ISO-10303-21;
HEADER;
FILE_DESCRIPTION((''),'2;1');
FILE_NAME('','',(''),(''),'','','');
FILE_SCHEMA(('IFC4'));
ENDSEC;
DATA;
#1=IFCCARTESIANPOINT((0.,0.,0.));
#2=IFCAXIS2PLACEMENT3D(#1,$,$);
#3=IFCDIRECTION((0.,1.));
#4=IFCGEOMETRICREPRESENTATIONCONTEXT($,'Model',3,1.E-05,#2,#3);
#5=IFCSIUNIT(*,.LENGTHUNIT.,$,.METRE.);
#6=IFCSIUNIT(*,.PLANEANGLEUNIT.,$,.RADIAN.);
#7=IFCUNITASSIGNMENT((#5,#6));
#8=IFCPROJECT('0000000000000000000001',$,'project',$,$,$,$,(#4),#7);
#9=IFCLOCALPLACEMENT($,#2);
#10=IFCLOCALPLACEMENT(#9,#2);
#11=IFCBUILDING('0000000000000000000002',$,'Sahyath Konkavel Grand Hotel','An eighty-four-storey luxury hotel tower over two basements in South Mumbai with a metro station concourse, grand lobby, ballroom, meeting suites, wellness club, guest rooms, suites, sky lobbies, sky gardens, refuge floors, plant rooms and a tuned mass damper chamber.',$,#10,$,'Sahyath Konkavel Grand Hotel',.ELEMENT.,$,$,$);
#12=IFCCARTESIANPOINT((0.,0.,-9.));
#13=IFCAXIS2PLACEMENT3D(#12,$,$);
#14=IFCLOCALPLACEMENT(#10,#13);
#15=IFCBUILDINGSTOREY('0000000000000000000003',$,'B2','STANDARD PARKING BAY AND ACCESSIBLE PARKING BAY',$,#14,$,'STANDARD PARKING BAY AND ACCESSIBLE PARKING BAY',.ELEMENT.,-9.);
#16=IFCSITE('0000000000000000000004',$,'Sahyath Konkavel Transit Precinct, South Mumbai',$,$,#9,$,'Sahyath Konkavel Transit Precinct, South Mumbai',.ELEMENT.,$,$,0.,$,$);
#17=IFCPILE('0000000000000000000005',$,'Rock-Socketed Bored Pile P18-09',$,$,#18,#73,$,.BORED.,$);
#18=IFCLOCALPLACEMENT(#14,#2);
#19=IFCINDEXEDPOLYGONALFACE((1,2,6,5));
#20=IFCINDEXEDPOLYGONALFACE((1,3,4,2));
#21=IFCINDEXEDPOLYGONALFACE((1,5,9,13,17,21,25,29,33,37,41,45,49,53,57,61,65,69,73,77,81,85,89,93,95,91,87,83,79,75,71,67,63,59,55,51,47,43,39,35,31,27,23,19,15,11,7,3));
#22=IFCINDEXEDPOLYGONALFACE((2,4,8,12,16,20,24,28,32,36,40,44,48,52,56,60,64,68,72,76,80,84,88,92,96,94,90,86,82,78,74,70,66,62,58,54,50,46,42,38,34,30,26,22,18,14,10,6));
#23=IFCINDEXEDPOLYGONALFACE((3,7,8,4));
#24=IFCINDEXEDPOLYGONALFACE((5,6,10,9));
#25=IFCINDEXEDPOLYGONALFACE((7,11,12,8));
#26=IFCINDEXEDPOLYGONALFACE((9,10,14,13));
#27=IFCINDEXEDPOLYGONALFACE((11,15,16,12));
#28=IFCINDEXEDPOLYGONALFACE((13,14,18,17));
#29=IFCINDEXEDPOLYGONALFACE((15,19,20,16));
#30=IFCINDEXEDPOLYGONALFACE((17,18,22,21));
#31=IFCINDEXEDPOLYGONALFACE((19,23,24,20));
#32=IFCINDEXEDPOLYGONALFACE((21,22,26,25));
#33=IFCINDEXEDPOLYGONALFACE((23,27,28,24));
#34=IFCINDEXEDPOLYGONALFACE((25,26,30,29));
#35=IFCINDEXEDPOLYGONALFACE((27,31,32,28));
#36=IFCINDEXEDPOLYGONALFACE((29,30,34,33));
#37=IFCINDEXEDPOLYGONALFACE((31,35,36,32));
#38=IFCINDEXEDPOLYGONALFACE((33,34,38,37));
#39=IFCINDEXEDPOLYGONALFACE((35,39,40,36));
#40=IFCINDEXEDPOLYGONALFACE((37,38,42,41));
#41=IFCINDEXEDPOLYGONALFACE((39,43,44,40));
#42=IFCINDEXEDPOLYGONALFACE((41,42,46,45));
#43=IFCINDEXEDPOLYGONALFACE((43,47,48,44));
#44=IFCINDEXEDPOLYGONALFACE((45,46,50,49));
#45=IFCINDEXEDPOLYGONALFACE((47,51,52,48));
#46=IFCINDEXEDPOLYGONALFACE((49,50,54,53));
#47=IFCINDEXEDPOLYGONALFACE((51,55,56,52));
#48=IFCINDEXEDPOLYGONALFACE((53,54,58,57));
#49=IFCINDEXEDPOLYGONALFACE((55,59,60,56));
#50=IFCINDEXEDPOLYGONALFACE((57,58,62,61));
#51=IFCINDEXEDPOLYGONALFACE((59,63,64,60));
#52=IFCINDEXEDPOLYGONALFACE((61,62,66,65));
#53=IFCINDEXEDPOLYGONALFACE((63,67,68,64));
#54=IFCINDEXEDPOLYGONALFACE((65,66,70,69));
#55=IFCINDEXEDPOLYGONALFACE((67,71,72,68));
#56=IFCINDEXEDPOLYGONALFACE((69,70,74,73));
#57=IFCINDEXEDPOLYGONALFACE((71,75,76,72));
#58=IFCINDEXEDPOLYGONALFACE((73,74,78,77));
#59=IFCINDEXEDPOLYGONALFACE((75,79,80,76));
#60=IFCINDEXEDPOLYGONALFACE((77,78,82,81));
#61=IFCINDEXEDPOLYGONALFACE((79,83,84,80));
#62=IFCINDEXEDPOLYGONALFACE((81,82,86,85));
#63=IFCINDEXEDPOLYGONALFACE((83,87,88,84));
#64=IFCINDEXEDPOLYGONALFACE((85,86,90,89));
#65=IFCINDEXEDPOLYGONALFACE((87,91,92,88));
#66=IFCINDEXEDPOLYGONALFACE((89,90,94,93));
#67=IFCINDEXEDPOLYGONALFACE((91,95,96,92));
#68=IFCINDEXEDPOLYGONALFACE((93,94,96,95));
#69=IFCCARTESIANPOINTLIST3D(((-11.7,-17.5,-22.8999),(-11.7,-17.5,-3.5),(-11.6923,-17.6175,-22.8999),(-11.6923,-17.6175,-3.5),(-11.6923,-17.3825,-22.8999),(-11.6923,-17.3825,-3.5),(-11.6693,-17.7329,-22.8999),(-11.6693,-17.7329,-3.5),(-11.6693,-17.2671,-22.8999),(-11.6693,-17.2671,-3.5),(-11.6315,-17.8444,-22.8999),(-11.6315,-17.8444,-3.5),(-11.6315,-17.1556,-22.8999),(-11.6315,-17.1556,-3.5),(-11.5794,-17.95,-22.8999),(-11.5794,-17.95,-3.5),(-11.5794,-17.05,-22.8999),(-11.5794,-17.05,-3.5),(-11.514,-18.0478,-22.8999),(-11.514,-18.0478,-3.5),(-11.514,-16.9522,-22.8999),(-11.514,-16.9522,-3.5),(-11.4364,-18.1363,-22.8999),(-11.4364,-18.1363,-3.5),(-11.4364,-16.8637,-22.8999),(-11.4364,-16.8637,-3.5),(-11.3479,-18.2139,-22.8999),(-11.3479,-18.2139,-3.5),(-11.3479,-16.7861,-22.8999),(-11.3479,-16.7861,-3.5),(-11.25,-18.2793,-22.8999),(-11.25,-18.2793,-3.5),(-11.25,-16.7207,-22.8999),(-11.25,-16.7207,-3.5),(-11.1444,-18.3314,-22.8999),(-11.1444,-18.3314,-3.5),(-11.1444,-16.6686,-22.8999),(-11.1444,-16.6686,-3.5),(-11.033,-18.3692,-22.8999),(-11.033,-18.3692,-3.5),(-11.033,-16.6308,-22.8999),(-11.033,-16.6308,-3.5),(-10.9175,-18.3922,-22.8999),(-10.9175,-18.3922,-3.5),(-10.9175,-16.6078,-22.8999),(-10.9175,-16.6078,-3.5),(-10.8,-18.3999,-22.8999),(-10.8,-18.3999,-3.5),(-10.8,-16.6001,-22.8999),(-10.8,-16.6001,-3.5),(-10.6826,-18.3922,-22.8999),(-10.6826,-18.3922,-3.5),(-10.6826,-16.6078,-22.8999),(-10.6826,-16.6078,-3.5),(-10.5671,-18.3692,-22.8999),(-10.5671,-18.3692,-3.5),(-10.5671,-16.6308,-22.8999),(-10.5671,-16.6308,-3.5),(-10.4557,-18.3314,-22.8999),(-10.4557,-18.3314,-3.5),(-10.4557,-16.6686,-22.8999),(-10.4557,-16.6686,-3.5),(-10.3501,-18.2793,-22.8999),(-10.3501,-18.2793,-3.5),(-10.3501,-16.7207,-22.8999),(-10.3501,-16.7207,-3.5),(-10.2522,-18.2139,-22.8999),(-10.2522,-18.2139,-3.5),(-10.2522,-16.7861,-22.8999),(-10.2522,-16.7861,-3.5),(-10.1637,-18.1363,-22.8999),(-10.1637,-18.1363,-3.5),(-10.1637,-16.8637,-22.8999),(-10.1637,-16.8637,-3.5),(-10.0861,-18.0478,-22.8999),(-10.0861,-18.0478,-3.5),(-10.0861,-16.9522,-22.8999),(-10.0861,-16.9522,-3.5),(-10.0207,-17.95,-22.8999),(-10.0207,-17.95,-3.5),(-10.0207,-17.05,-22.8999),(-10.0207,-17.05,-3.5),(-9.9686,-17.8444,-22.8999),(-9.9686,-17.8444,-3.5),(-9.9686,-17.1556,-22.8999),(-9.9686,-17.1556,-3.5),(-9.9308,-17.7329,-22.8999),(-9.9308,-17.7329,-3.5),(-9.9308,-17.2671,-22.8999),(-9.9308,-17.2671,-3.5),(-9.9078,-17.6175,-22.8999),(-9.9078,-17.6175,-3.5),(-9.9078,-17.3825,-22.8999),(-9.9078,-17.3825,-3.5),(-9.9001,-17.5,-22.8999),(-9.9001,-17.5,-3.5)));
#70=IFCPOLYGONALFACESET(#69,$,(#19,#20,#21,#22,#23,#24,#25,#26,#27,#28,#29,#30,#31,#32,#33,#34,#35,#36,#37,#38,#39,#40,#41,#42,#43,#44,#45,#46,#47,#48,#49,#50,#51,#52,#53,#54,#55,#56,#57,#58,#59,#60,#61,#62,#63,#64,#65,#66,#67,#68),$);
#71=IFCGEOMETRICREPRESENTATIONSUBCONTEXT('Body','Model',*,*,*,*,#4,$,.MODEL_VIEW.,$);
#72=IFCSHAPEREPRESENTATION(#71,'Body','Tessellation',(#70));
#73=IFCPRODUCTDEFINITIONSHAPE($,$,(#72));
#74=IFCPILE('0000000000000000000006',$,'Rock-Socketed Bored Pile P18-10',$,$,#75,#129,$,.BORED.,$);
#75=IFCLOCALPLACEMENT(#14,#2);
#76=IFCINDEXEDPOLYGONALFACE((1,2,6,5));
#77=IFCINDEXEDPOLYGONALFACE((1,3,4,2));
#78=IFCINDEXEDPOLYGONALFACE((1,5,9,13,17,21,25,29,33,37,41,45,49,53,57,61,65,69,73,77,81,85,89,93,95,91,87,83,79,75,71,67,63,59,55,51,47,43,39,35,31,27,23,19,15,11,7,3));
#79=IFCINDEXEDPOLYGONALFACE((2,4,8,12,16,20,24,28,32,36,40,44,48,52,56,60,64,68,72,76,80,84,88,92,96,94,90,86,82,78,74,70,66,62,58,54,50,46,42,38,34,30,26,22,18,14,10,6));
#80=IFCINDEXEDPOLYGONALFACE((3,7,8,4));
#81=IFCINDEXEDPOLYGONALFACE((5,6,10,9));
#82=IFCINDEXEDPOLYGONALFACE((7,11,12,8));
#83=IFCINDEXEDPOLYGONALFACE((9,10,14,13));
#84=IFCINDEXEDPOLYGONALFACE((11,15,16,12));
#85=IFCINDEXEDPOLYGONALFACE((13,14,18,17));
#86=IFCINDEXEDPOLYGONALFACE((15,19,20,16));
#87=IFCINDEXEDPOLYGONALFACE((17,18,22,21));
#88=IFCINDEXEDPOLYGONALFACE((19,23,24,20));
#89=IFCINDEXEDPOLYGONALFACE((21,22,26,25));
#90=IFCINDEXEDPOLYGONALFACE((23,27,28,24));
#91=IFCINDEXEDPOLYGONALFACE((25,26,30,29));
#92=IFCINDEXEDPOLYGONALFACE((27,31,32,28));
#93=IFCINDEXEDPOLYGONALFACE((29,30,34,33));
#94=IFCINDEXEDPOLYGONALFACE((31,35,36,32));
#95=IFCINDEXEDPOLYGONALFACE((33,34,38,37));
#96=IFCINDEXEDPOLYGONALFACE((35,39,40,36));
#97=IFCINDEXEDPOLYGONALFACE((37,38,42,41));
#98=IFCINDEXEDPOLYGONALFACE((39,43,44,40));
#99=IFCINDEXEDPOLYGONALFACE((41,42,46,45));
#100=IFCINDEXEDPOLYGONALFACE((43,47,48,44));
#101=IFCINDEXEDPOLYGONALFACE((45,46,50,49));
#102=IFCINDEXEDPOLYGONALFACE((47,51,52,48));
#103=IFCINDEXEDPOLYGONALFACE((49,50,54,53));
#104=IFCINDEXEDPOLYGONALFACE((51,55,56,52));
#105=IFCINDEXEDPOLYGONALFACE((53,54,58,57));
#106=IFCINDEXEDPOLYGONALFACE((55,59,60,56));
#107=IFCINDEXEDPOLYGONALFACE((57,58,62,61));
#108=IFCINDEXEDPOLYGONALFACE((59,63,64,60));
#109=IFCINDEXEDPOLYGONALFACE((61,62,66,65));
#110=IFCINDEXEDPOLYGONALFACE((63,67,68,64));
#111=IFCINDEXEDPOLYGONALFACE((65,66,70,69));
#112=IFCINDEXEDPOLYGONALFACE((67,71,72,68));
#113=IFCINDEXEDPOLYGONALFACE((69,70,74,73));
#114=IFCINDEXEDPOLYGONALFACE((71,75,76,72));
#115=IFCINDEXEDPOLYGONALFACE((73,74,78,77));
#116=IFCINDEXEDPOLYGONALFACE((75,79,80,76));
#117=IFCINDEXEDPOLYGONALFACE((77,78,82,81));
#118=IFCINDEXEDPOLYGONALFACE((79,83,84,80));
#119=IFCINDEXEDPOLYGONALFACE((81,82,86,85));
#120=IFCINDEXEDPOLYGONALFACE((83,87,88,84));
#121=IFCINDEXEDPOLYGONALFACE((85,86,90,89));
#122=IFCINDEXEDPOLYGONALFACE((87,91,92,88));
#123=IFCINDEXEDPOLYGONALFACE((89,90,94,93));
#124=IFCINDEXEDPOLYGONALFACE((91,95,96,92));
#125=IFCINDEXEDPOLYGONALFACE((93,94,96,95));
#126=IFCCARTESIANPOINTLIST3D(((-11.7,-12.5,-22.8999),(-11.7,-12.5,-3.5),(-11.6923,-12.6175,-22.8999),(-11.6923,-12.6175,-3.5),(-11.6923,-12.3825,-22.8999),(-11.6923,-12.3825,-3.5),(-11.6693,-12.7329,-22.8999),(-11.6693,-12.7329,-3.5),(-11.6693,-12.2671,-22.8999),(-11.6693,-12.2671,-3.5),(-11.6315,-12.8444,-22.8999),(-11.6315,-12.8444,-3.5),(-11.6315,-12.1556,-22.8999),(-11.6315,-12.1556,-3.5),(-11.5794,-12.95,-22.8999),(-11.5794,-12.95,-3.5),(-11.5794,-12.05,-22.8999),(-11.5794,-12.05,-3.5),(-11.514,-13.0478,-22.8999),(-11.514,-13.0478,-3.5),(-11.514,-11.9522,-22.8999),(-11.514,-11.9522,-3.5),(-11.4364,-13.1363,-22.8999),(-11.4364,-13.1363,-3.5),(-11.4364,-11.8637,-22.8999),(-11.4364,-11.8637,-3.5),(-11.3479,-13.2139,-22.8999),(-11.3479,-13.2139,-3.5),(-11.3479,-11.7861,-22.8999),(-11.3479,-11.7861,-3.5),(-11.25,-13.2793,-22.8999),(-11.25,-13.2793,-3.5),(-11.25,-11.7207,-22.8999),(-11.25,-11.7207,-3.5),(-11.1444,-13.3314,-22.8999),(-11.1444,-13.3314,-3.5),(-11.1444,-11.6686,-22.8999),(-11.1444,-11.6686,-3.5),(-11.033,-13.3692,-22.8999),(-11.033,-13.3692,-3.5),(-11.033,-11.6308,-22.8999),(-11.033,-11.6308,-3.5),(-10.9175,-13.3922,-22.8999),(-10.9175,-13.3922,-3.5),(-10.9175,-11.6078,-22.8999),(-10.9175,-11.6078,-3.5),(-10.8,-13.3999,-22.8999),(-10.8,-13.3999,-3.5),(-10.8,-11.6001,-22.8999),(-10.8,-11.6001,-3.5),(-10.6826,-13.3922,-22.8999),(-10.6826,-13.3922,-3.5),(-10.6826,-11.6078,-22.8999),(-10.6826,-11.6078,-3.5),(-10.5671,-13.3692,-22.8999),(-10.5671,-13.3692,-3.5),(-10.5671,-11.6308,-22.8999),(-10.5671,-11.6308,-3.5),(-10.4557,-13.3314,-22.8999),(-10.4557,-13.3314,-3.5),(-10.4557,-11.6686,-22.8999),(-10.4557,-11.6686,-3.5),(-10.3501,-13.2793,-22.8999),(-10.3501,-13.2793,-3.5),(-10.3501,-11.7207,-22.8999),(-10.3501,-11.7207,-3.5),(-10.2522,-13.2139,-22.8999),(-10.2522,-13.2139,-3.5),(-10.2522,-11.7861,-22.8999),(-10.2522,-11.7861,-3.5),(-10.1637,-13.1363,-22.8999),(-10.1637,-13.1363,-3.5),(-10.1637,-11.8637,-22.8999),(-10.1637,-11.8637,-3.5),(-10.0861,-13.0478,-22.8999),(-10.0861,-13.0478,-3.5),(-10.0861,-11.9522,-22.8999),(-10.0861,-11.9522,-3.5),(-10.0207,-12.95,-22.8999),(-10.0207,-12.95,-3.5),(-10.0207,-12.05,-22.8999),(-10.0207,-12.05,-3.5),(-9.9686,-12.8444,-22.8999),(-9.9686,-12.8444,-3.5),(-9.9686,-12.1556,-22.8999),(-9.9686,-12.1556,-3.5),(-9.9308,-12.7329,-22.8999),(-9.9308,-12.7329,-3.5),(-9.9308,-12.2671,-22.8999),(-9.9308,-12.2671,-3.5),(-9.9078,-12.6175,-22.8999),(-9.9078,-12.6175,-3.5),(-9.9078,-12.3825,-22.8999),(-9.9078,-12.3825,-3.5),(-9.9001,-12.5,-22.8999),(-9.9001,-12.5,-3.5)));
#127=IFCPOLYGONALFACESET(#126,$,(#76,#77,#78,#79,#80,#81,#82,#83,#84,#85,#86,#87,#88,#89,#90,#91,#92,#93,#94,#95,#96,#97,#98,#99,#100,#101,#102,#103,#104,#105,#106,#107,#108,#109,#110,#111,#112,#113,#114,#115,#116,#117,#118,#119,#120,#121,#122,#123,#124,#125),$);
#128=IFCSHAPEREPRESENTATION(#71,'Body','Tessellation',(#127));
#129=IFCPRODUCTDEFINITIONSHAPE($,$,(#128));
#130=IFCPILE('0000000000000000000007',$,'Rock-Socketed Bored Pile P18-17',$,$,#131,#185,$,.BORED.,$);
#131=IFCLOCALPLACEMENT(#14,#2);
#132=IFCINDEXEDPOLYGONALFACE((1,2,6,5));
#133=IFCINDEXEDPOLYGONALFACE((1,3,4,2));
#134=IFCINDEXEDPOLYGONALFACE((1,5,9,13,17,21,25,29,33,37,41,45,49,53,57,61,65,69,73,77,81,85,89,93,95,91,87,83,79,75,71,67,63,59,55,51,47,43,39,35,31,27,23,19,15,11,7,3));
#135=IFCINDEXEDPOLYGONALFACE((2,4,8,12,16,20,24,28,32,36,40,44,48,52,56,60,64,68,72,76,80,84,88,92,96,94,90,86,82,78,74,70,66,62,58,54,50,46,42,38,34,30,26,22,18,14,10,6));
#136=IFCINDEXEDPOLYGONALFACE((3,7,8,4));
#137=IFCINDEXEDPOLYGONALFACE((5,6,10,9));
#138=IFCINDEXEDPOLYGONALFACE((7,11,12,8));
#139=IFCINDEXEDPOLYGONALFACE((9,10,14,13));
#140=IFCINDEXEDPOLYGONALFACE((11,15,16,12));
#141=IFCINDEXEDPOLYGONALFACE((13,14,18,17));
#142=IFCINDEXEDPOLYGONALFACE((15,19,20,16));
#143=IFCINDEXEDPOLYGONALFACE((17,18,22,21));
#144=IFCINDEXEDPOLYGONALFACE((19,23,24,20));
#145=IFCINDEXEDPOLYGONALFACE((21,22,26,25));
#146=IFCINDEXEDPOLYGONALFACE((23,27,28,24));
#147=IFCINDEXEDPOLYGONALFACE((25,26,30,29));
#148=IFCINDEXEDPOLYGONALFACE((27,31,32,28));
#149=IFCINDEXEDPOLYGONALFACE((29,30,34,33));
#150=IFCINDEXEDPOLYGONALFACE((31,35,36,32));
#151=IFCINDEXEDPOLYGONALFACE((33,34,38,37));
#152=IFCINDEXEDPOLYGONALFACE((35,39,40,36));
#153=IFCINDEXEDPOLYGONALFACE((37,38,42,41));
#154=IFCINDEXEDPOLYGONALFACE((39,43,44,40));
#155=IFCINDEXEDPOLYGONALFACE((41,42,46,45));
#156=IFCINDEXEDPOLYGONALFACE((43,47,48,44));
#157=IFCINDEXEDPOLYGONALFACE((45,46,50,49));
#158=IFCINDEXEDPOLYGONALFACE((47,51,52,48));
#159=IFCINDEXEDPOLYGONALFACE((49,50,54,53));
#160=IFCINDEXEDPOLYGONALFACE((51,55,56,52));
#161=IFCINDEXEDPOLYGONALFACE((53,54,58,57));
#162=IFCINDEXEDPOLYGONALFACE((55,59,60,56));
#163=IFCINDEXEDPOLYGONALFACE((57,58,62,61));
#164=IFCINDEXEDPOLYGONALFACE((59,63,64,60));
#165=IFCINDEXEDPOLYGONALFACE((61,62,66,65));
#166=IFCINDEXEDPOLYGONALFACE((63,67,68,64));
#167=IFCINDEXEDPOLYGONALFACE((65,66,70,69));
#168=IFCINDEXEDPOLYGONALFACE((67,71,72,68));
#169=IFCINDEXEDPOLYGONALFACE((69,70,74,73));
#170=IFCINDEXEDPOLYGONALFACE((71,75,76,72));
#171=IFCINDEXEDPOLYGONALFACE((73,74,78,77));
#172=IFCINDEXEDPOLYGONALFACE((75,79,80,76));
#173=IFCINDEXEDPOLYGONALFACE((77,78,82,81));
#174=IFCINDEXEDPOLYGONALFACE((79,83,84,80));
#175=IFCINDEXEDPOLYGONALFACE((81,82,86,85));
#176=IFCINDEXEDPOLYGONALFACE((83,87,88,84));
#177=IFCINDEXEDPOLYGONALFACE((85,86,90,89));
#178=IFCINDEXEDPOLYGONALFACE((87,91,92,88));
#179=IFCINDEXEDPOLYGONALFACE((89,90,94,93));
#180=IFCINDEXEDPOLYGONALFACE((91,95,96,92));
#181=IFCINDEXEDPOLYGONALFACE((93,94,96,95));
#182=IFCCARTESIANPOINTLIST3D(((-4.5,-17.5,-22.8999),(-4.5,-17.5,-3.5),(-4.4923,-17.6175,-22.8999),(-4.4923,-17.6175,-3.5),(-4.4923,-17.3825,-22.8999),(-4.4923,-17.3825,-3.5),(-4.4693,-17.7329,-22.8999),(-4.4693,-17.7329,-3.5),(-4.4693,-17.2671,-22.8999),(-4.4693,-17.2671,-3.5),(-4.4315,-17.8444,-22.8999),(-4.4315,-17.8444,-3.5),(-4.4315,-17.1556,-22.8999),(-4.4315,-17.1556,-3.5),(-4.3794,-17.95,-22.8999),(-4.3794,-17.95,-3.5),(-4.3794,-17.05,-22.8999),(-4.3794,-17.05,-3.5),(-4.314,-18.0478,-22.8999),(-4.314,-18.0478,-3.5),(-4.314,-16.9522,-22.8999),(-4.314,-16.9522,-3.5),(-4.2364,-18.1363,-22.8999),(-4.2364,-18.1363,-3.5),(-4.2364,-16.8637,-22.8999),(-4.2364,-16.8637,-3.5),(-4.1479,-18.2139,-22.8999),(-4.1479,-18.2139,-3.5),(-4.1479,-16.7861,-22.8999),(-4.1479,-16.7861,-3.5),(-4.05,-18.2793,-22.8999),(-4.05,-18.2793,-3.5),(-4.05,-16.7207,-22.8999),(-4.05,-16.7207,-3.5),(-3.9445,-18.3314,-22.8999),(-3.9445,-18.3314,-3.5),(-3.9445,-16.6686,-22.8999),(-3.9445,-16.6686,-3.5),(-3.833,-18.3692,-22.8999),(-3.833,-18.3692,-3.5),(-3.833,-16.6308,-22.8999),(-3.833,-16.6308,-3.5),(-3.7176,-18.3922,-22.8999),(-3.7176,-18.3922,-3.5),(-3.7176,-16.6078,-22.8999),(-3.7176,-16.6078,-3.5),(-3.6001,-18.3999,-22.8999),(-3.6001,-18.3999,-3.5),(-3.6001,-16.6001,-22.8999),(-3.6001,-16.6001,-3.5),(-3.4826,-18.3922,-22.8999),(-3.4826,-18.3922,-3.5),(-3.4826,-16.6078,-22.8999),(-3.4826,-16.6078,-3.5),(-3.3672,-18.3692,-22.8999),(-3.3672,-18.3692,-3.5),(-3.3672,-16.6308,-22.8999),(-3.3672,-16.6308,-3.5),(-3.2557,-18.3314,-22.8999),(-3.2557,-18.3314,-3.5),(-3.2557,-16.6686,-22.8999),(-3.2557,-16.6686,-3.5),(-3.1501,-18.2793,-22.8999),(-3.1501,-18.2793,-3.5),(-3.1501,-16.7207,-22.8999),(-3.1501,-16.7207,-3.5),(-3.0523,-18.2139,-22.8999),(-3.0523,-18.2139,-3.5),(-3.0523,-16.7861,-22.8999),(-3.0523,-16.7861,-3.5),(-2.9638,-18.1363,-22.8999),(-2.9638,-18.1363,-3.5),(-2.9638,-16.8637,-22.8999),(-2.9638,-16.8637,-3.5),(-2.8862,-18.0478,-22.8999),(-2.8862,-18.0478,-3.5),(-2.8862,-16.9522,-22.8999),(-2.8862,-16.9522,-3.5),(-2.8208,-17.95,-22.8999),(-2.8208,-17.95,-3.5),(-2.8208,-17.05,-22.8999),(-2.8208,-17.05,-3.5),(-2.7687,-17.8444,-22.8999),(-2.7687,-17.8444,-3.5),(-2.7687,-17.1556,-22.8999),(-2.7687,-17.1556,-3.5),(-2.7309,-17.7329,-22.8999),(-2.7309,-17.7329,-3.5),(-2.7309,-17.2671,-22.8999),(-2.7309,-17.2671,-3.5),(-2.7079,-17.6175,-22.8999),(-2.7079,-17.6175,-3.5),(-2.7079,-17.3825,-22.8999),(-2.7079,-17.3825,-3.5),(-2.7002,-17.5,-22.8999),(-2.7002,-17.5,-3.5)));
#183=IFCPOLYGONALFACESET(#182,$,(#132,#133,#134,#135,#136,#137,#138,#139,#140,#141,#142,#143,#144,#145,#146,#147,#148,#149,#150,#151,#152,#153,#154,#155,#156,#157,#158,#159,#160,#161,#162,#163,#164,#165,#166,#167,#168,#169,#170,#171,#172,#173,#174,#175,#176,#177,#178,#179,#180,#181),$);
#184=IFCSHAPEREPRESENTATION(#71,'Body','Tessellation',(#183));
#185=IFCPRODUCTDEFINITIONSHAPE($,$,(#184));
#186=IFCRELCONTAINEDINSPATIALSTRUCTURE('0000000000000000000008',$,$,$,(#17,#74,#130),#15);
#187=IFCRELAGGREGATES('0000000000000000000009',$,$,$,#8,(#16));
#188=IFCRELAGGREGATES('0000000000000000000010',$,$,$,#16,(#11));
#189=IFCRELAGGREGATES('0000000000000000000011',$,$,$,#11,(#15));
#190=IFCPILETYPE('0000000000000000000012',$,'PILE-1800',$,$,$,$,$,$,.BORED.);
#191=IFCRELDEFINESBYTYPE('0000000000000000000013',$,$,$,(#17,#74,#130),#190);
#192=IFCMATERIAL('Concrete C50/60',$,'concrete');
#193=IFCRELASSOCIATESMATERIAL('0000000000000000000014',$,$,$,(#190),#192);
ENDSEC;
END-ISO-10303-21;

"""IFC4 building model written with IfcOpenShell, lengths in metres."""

from ifc_helpers import new_model, si_unit, direction, frame, origin, origin_2d, place, context, subcontext, project, spatial, circle, extrude, material, material_profile, profile_set, type_object, element, save


model = new_model("IFC4")

# Units and contexts
model_context = context("Model", 3, precision=1e-05, world=origin(), true_north=direction((0.0, 1.0)))
body_context = subcontext(model_context, "Body", "Model", "MODEL_VIEW")
ifc_project = project(units=[si_unit("LENGTHUNIT", "METRE"), si_unit("PLANEANGLEUNIT", "RADIAN")], contexts=[model_context])

# Site, building, storey
site_placement = place(None, origin())
site = spatial("IfcSite", under=ifc_project, at=site_placement, Name="Sahyath Konkavel Transit Precinct, South Mumbai", LongName="Sahyath Konkavel Transit Precinct, South Mumbai", CompositionType="ELEMENT", RefElevation=0.0)
building_placement = place(site_placement, origin())
building = spatial("IfcBuilding", under=site, at=building_placement, Name="Sahyath Konkavel Grand Hotel", Description="An eighty-four-storey luxury hotel tower over two basements in South Mumbai with a metro station concourse, grand lobby, ballroom, meeting suites, wellness club, guest rooms, suites, sky lobbies, sky gardens, refuge floors, plant rooms and a tuned mass damper chamber.", LongName="Sahyath Konkavel Grand Hotel", CompositionType="ELEMENT")
storey_placement = place(building_placement, frame((0.0, 0.0, -9.0)))
storey = spatial("IfcBuildingStorey", under=building, at=storey_placement, Name="B2", Description="STANDARD PARKING BAY AND ACCESSIBLE PARKING BAY", LongName="STANDARD PARKING BAY AND ACCESSIBLE PARKING BAY", CompositionType="ELEMENT", Elevation=-9.0)

# Piles
ifc_material_1 = material(Name="Concrete C50/60", Category="concrete")
ifc_material_profile_1 = material_profile(ifc_material_1, circle(Radius=0.8999, at=origin_2d()), Name="PILE D1800")
ifc_profile_set_1 = profile_set([ifc_material_profile_1], Name="Concrete C50/60")
pile_type_1 = type_object("IfcPileType", Name="PILE-1800", PredefinedType="BORED", material=ifc_profile_set_1)
for number, where, z_axis, x_axis, name in (
    (1, (-10.8, -17.5, -3.5), (0.0, 0.0, -1.0), (1.0, 0.0, 0.0), "Rock-Socketed Bored Pile P18-09"),
    (2, (-10.8, -12.5, -3.5), (0.0, 0.0, -1.0), (1.0, 0.0, 0.0), "Rock-Socketed Bored Pile P18-10"),
    (3, (-3.6001, -17.5, -3.5), (0.0, 0.0, -1.0), (1.0, 0.0, 0.0), "Rock-Socketed Bored Pile P18-17"),
):
    element("IfcPile", number, at=place(storey_placement, frame(where, z_axis=z_axis, x_axis=x_axis)), inside=storey, type_object=pile_type_1, Name=name, PredefinedType="BORED", context=body_context, shape_type="SweptSolid", body=[
        extrude(circle(Radius=0.8999, at=origin_2d()), origin(), (0.0, 0.0, 1.0), 19.3999),
    ])

save(model, "model.ifc")
